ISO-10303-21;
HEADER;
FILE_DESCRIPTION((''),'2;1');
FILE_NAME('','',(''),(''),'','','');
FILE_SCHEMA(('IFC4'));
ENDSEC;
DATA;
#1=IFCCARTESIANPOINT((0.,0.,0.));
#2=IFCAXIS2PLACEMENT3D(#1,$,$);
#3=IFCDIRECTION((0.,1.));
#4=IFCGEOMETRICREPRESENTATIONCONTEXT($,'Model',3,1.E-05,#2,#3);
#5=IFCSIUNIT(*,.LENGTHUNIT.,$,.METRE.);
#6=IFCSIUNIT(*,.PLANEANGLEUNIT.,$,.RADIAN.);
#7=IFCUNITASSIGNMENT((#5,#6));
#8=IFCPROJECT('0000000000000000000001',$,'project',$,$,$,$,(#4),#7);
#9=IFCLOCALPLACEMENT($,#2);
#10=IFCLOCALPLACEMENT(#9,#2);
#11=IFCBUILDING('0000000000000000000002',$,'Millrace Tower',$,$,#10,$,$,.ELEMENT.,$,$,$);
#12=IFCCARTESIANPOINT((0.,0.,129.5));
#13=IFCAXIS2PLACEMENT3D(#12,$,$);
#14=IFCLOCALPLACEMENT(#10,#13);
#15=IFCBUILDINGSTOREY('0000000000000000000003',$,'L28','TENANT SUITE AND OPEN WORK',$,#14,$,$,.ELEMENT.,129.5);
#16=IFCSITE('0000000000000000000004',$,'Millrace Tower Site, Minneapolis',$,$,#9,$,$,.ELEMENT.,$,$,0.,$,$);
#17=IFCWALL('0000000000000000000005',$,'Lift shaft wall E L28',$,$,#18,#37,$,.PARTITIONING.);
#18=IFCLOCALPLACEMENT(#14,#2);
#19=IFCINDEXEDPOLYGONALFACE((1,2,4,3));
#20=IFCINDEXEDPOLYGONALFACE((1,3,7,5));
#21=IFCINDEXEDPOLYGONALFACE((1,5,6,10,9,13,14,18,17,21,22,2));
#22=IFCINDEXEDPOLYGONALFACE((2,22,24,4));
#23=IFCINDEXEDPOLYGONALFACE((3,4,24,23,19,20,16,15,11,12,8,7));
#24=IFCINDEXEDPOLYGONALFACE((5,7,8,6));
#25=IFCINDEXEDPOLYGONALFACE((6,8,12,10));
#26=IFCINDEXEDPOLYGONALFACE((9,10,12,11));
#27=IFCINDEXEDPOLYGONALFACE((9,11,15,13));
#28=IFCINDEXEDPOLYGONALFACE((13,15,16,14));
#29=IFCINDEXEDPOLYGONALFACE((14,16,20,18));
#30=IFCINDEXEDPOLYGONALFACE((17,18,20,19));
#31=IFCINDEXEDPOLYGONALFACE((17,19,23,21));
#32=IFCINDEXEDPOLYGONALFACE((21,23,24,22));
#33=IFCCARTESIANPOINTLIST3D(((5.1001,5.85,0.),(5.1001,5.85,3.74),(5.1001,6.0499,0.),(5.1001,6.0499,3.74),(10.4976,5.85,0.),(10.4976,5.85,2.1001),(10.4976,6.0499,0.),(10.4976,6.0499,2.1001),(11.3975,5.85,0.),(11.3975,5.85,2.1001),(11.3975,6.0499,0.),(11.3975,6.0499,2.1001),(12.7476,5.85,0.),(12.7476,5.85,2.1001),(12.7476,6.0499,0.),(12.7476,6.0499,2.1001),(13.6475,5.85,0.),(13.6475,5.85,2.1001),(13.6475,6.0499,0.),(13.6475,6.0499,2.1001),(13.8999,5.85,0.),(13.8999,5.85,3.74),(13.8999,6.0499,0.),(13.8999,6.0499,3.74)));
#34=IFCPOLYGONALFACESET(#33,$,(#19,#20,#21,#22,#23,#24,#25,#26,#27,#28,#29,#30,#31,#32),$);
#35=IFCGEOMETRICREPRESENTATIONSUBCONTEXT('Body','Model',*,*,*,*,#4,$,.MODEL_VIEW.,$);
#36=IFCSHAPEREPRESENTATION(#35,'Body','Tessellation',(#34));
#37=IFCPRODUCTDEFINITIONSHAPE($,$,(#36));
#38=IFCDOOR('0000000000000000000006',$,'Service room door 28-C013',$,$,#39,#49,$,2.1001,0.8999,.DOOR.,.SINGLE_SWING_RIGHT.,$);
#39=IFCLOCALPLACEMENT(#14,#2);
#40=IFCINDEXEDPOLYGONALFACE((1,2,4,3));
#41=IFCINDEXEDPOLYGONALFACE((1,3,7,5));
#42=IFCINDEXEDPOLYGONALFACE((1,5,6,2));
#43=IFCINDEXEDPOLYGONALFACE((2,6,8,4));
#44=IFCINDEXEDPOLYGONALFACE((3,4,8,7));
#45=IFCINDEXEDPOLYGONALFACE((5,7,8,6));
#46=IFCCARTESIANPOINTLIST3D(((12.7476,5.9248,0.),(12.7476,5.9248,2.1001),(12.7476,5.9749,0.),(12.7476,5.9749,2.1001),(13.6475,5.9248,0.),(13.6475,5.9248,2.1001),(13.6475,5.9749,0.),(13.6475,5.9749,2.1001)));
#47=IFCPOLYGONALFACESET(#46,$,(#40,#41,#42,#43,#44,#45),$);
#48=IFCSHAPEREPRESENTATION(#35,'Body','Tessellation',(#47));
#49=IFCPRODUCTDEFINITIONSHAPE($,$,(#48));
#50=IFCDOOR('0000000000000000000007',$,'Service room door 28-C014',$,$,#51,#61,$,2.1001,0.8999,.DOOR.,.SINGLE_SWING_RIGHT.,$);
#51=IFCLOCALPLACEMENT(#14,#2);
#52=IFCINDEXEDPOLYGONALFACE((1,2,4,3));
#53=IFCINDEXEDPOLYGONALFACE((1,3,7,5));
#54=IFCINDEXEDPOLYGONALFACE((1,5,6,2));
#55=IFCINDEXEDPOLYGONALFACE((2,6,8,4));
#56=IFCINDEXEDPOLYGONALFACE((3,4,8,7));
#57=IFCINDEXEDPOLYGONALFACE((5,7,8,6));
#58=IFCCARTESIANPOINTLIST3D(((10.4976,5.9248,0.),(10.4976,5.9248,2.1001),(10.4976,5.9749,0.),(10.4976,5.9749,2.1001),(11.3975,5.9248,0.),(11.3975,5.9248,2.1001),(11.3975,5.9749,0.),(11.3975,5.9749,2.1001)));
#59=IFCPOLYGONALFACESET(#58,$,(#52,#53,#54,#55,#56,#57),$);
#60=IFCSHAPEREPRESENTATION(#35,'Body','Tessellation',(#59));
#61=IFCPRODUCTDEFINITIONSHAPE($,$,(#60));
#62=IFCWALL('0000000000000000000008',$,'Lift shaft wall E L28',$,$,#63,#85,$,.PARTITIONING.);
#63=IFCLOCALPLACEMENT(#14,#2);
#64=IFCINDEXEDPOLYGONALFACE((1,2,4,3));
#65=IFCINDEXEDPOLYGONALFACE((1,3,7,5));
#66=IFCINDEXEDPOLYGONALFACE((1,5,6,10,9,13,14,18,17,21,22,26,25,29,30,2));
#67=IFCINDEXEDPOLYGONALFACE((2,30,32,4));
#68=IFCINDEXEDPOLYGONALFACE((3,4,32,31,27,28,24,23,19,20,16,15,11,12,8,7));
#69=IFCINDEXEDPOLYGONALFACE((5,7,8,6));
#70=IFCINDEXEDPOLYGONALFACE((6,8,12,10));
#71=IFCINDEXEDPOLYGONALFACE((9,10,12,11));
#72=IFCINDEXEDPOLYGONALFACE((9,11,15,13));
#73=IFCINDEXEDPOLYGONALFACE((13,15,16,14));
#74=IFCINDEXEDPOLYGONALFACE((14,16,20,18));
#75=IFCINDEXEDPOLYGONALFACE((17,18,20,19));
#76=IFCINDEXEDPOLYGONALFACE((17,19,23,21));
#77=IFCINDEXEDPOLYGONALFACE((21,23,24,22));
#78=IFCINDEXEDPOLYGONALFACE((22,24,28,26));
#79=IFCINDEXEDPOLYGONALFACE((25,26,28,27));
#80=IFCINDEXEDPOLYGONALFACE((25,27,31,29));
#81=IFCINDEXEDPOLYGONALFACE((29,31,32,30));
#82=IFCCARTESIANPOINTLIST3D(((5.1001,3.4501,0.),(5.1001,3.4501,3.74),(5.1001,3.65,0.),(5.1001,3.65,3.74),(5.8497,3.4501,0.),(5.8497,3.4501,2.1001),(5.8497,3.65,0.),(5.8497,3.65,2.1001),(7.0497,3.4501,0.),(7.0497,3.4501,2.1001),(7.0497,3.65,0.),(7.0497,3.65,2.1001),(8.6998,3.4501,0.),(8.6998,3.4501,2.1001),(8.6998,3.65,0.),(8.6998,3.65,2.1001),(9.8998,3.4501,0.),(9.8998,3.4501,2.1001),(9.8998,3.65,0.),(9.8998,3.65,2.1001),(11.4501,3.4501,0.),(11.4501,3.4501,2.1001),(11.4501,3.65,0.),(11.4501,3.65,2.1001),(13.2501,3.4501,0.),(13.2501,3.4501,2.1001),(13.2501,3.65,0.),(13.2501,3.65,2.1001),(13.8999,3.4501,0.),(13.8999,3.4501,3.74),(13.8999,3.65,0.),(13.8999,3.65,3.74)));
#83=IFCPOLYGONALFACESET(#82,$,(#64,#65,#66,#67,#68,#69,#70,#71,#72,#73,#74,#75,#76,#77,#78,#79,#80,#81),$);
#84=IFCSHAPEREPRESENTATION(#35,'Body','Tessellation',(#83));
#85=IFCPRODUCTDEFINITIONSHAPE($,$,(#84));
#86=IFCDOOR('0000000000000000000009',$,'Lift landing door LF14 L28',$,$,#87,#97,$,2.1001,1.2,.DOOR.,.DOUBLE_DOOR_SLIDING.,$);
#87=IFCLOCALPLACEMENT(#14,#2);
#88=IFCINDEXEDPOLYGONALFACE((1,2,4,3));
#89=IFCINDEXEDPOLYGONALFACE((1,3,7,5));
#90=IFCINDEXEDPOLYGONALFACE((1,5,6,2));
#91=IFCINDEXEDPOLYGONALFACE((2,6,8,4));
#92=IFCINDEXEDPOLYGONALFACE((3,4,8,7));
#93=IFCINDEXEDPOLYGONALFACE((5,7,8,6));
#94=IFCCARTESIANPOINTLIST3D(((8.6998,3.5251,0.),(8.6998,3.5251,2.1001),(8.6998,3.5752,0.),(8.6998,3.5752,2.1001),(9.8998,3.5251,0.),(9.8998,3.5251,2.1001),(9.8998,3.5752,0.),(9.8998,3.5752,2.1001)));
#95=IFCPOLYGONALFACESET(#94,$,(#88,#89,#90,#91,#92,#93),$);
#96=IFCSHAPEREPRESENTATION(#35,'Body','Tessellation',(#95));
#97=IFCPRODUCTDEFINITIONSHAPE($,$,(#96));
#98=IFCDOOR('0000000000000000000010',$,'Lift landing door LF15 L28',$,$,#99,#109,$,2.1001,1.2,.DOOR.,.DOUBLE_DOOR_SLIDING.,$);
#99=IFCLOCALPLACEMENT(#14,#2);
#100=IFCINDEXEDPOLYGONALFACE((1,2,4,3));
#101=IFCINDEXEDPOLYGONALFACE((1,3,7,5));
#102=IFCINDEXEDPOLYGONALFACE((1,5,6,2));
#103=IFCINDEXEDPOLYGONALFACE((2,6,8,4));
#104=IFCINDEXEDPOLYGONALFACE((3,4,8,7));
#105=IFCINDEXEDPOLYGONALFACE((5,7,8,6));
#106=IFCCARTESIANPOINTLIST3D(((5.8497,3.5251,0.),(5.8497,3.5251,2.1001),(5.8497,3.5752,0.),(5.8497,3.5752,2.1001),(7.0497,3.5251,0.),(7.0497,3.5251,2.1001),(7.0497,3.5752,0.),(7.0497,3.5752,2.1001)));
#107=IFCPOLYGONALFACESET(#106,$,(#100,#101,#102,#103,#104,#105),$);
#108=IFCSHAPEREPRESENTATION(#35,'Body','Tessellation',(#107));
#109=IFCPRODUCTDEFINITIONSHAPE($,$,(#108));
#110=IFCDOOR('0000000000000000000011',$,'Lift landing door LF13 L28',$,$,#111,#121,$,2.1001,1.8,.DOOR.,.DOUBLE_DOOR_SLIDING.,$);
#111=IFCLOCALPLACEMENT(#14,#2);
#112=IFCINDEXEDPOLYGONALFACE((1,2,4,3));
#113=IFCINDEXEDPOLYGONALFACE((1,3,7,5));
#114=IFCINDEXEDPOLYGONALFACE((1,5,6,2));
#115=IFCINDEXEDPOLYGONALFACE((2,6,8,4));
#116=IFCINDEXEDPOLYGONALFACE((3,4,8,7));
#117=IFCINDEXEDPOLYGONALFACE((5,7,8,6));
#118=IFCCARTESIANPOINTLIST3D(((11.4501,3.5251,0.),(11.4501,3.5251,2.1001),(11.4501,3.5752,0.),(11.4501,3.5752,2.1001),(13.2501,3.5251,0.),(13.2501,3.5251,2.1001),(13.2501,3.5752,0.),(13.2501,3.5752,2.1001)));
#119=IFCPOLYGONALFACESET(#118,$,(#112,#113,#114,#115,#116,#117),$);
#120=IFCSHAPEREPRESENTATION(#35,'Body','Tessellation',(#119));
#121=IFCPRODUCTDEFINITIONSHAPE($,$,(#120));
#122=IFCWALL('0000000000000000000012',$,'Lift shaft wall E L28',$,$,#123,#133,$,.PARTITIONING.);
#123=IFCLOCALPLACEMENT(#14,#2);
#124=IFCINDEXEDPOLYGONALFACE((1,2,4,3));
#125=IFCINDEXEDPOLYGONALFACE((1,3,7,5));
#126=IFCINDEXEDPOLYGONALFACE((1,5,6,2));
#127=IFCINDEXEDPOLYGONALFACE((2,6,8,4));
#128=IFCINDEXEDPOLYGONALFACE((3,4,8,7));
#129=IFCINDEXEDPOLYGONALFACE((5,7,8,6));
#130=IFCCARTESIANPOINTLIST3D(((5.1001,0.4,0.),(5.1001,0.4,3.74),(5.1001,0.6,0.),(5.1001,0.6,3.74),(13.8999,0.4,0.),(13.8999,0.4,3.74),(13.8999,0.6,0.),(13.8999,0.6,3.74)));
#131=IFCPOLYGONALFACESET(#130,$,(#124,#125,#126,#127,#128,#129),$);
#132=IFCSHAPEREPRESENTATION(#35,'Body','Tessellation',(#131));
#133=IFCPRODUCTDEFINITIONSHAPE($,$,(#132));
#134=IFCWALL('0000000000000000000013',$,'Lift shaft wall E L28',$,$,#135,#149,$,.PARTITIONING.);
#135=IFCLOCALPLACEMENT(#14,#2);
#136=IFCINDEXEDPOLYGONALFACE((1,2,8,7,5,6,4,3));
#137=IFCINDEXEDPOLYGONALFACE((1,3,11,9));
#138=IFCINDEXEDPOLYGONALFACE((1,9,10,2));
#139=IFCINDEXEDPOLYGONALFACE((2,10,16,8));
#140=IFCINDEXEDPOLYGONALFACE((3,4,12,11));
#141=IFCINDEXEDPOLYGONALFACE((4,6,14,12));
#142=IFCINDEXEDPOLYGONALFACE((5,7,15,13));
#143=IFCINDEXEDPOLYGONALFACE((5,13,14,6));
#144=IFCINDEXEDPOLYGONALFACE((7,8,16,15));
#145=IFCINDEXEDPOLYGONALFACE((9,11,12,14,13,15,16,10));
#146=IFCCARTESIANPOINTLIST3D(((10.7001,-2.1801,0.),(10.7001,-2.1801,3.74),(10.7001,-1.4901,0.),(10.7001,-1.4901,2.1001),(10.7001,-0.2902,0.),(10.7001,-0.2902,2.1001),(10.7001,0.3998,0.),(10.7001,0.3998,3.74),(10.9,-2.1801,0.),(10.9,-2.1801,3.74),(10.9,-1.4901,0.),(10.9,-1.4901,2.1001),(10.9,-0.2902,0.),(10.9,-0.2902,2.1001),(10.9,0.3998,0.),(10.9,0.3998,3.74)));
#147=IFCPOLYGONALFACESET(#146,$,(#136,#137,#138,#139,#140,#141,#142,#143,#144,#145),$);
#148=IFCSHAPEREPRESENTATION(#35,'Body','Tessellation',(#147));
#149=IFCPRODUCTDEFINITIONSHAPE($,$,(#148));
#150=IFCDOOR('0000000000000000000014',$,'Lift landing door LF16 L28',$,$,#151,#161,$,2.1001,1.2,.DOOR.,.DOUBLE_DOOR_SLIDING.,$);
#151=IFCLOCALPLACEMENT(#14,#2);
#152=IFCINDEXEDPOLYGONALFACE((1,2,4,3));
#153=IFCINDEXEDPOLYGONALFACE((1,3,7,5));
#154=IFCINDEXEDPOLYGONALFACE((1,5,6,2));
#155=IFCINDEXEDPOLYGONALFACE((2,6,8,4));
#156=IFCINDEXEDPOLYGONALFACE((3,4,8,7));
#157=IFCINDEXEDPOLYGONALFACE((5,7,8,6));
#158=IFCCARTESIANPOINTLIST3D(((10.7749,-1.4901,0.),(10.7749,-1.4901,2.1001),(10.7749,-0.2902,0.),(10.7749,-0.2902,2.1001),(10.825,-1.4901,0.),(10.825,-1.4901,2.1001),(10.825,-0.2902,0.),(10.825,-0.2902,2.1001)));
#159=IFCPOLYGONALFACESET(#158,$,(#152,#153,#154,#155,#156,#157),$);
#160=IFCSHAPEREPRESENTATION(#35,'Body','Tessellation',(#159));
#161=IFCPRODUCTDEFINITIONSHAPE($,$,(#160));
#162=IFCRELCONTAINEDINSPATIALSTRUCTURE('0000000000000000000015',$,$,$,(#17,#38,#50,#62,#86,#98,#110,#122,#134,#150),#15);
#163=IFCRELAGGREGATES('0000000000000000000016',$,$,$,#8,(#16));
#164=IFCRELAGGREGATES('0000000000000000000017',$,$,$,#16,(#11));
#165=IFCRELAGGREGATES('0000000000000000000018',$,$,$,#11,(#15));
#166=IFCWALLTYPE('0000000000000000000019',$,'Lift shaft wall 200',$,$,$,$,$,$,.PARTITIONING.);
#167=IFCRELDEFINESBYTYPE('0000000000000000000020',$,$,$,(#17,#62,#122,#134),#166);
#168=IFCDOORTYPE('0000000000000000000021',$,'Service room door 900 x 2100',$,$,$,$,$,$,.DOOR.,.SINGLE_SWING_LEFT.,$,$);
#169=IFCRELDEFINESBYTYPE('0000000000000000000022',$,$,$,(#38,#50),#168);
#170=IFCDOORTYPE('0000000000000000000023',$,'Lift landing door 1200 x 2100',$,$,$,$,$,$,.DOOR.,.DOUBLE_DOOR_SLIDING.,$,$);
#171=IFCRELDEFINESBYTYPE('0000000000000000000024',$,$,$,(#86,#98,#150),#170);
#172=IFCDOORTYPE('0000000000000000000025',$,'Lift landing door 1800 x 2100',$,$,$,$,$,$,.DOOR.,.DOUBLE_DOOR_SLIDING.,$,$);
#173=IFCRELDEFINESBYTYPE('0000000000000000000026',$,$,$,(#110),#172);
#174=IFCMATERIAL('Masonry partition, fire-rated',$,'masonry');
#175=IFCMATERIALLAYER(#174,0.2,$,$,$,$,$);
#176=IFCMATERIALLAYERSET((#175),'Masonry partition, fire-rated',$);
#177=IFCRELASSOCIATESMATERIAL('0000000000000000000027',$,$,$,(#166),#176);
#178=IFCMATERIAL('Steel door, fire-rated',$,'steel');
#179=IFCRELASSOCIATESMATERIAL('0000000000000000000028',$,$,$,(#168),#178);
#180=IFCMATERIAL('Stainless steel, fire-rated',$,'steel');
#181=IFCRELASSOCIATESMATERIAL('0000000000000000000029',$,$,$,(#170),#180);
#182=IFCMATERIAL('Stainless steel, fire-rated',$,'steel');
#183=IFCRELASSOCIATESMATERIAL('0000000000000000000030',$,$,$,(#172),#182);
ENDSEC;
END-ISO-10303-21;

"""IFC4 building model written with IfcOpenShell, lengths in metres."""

from ifc_helpers import new_model, si_unit, direction, frame, frame_2d, origin, place, context, subcontext, project, spatial, rectangle, extrude, material, layer, layer_set, type_object, element, fill, save


model = new_model("IFC4")

# Units and contexts
model_context = context("Model", 3, precision=1e-05, world=origin(), true_north=direction((0.0, 1.0)))
body_context = subcontext(model_context, "Body", "Model", "MODEL_VIEW")
ifc_project = project(units=[si_unit("LENGTHUNIT", "METRE"), si_unit("PLANEANGLEUNIT", "RADIAN")], contexts=[model_context])

# Site, building, storey
site_placement = place(None, origin())
site = spatial("IfcSite", under=ifc_project, at=site_placement, Name="Millrace Tower Site, Minneapolis", CompositionType="ELEMENT", RefElevation=0.0)
building_placement = place(site_placement, origin())
building = spatial("IfcBuilding", under=site, at=building_placement, Name="Millrace Tower", CompositionType="ELEMENT")
storey_placement = place(building_placement, frame((0.0, 0.0, 129.5)))
storey = spatial("IfcBuildingStorey", under=building, at=storey_placement, Name="L28", Description="TENANT SUITE AND OPEN WORK", CompositionType="ELEMENT", Elevation=129.5)

# Walls, openings, doors
ifc_material_1 = material(Name="Masonry partition, fire-rated", Category="masonry")
ifc_layer_1 = layer(ifc_material_1, 0.2)
ifc_layer_set_1 = layer_set([ifc_layer_1], Name="Masonry partition, fire-rated")
wall_type_1 = type_object("IfcWallType", Name="Lift shaft wall 200", PredefinedType="PARTITIONING", material=ifc_layer_set_1)
wall_1_placement = place(storey_placement, frame((13.8999, 5.95, 0.0), z_axis=(0.0, 0.0, 1.0), x_axis=(-1.0, 0.0, 0.0)))
wall_1 = element("IfcWall", 1, at=wall_1_placement, inside=storey, type_object=wall_type_1, Name="Lift shaft wall E L28", PredefinedType="PARTITIONING", context=body_context, shape_type="SweptSolid", body=[
    extrude(rectangle(XDim=8.7998, YDim=0.2, at=frame_2d((4.3999, 0.0))), origin(), (0.0, 0.0, 1.0), 3.74),
])
opening_1_placement = place(wall_1_placement, frame((0.2524, 0.0, 0.0)))
opening_1 = element("IfcOpeningElement", 2, at=opening_1_placement, cuts=wall_1, PredefinedType="OPENING", context=body_context, shape_type="SweptSolid", body=[
    extrude(rectangle(XDim=0.8999, YDim=2.1001, at=frame_2d((0.45, 1.05))), frame((0.0, 0.1099, 0.0), z_axis=(0.0, -1.0, 0.0), x_axis=(1.0, 0.0, 0.0)), (0.0, 0.0, 1.0), 0.22),
])
opening_2_placement = place(wall_1_placement, frame((2.5024, 0.0, 0.0)))
opening_2 = element("IfcOpeningElement", 3, at=opening_2_placement, cuts=wall_1, PredefinedType="OPENING", context=body_context, shape_type="SweptSolid", body=[
    extrude(rectangle(XDim=0.8999, YDim=2.1001, at=frame_2d((0.45, 1.05))), frame((0.0, 0.1099, 0.0), z_axis=(0.0, -1.0, 0.0), x_axis=(1.0, 0.0, 0.0)), (0.0, 0.0, 1.0), 0.22),
])
ifc_material_2 = material(Name="Steel door, fire-rated", Category="steel")
door_type_1 = type_object("IfcDoorType", Name="Service room door 900 x 2100", OperationType="SINGLE_SWING_LEFT", PredefinedType="DOOR", material=ifc_material_2)
door_1_placement = place(opening_1_placement, frame((0.8999, 0.0, 0.0), z_axis=(0.0, 0.0, 1.0), x_axis=(-1.0, 0.0, 0.0)))
door_1 = element("IfcDoor", 4, at=door_1_placement, inside=storey, type_object=door_type_1, Name="Service room door 28-C013", OperationType="SINGLE_SWING_RIGHT", OverallHeight=2.1001, OverallWidth=0.8999, PredefinedType="DOOR", context=body_context, shape_type="SweptSolid", body=[
    extrude(rectangle(XDim=0.8999, YDim=2.1001, at=frame_2d((0.45, 1.05))), frame((0.0, 0.0249, 0.0), z_axis=(0.0, -1.0, 0.0), x_axis=(1.0, 0.0, 0.0)), (0.0, 0.0, 1.0), 0.05),
])
fill(opening_1, door_1)
door_2_placement = place(opening_2_placement, frame((0.8999, 0.0, 0.0), z_axis=(0.0, 0.0, 1.0), x_axis=(-1.0, 0.0, 0.0)))
door_2 = element("IfcDoor", 5, at=door_2_placement, inside=storey, type_object=door_type_1, Name="Service room door 28-C014", OperationType="SINGLE_SWING_RIGHT", OverallHeight=2.1001, OverallWidth=0.8999, PredefinedType="DOOR", context=body_context, shape_type="SweptSolid", body=[
    extrude(rectangle(XDim=0.8999, YDim=2.1001, at=frame_2d((0.45, 1.05))), frame((0.0, 0.0249, 0.0), z_axis=(0.0, -1.0, 0.0), x_axis=(1.0, 0.0, 0.0)), (0.0, 0.0, 1.0), 0.05),
])
fill(opening_2, door_2)
wall_2_placement = place(storey_placement, frame((13.8999, 3.55, 0.0), z_axis=(0.0, 0.0, 1.0), x_axis=(-1.0, 0.0, 0.0)))
wall_2 = element("IfcWall", 6, at=wall_2_placement, inside=storey, type_object=wall_type_1, Name="Lift shaft wall E L28", PredefinedType="PARTITIONING", context=body_context, shape_type="SweptSolid", body=[
    extrude(rectangle(XDim=8.7998, YDim=0.2, at=frame_2d((4.3999, 0.0))), origin(), (0.0, 0.0, 1.0), 3.74),
])
opening_3_placement = place(wall_2_placement, frame((0.6499, 0.0, 0.0)))
opening_3 = element("IfcOpeningElement", 7, at=opening_3_placement, cuts=wall_2, PredefinedType="OPENING", context=body_context, shape_type="SweptSolid", body=[
    extrude(rectangle(XDim=1.8, YDim=2.1001, at=frame_2d((0.8999, 1.05))), frame((0.0, 0.1099, 0.0), z_axis=(0.0, -1.0, 0.0), x_axis=(1.0, 0.0, 0.0)), (0.0, 0.0, 1.0), 0.22),
])
opening_4_placement = place(wall_2_placement, frame((4.0, 0.0, 0.0)))
opening_4 = element("IfcOpeningElement", 8, at=opening_4_placement, cuts=wall_2, PredefinedType="OPENING", context=body_context, shape_type="SweptSolid", body=[
    extrude(rectangle(XDim=1.2, YDim=2.1001, at=frame_2d((0.6001, 1.05))), frame((0.0, 0.1099, 0.0), z_axis=(0.0, -1.0, 0.0), x_axis=(1.0, 0.0, 0.0)), (0.0, 0.0, 1.0), 0.22),
])
opening_5_placement = place(wall_2_placement, frame((6.8501, 0.0, 0.0)))
opening_5 = element("IfcOpeningElement", 9, at=opening_5_placement, cuts=wall_2, PredefinedType="OPENING", context=body_context, shape_type="SweptSolid", body=[
    extrude(rectangle(XDim=1.2, YDim=2.1001, at=frame_2d((0.6001, 1.05))), frame((0.0, 0.1099, 0.0), z_axis=(0.0, -1.0, 0.0), x_axis=(1.0, 0.0, 0.0)), (0.0, 0.0, 1.0), 0.22),
])
ifc_material_3 = material(Name="Stainless steel, fire-rated", Category="steel")
door_type_2 = type_object("IfcDoorType", Name="Lift landing door 1200 x 2100", OperationType="DOUBLE_DOOR_SLIDING", PredefinedType="DOOR", material=ifc_material_3)
door_3_placement = place(opening_4_placement, origin())
door_3 = element("IfcDoor", 10, at=door_3_placement, inside=storey, type_object=door_type_2, Name="Lift landing door LF14 L28", OperationType="DOUBLE_DOOR_SLIDING", OverallHeight=2.1001, OverallWidth=1.2, PredefinedType="DOOR", context=body_context, shape_type="SweptSolid", body=[
    extrude(rectangle(XDim=1.2, YDim=2.1001, at=frame_2d((0.6001, 1.05))), frame((0.0, 0.0249, 0.0), z_axis=(0.0, -1.0, 0.0), x_axis=(1.0, 0.0, 0.0)), (0.0, 0.0, 1.0), 0.05),
])
fill(opening_4, door_3)
door_4_placement = place(opening_5_placement, origin())
door_4 = element("IfcDoor", 11, at=door_4_placement, inside=storey, type_object=door_type_2, Name="Lift landing door LF15 L28", OperationType="DOUBLE_DOOR_SLIDING", OverallHeight=2.1001, OverallWidth=1.2, PredefinedType="DOOR", context=body_context, shape_type="SweptSolid", body=[
    extrude(rectangle(XDim=1.2, YDim=2.1001, at=frame_2d((0.6001, 1.05))), frame((0.0, 0.0249, 0.0), z_axis=(0.0, -1.0, 0.0), x_axis=(1.0, 0.0, 0.0)), (0.0, 0.0, 1.0), 0.05),
])
fill(opening_5, door_4)
ifc_material_4 = material(Name="Stainless steel, fire-rated", Category="steel")
door_type_3 = type_object("IfcDoorType", Name="Lift landing door 1800 x 2100", OperationType="DOUBLE_DOOR_SLIDING", PredefinedType="DOOR", material=ifc_material_4)
door_5_placement = place(opening_3_placement, origin())
door_5 = element("IfcDoor", 12, at=door_5_placement, inside=storey, type_object=door_type_3, Name="Lift landing door LF13 L28", OperationType="DOUBLE_DOOR_SLIDING", OverallHeight=2.1001, OverallWidth=1.8, PredefinedType="DOOR", context=body_context, shape_type="SweptSolid", body=[
    extrude(rectangle(XDim=1.8, YDim=2.1001, at=frame_2d((0.8999, 1.05))), frame((0.0, 0.0249, 0.0), z_axis=(0.0, -1.0, 0.0), x_axis=(1.0, 0.0, 0.0)), (0.0, 0.0, 1.0), 0.05),
])
fill(opening_3, door_5)

# Wall
wall_3_placement = place(storey_placement, frame((13.8999, 0.5, 0.0), z_axis=(0.0, 0.0, 1.0), x_axis=(-1.0, 0.0, 0.0)))
element("IfcWall", 13, at=wall_3_placement, inside=storey, type_object=wall_type_1, Name="Lift shaft wall E L28", PredefinedType="PARTITIONING", context=body_context, shape_type="SweptSolid", body=[
    extrude(rectangle(XDim=8.7998, YDim=0.2, at=frame_2d((4.3999, 0.0))), origin(), (0.0, 0.0, 1.0), 3.74),
])

# Wall, opening, door
wall_4_placement = place(storey_placement, frame((10.8, 0.3999, 0.0), z_axis=(0.0, 0.0, 1.0), x_axis=(0.0, -1.0, 0.0)))
wall_4 = element("IfcWall", 14, at=wall_4_placement, inside=storey, type_object=wall_type_1, Name="Lift shaft wall E L28", PredefinedType="PARTITIONING", context=body_context, shape_type="SweptSolid", body=[
    extrude(rectangle(XDim=2.5798, YDim=0.2, at=frame_2d((1.29, 0.0))), origin(), (0.0, 0.0, 1.0), 3.74),
])
opening_6_placement = place(wall_4_placement, frame((0.6899, 0.0, 0.0)))
opening_6 = element("IfcOpeningElement", 15, at=opening_6_placement, cuts=wall_4, PredefinedType="OPENING", context=body_context, shape_type="SweptSolid", body=[
    extrude(rectangle(XDim=1.2, YDim=2.1001, at=frame_2d((0.6001, 1.05))), frame((0.0, 0.1099, 0.0), z_axis=(0.0, -1.0, 0.0), x_axis=(1.0, 0.0, 0.0)), (0.0, 0.0, 1.0), 0.22),
])
door_6_placement = place(opening_6_placement, origin())
door_6 = element("IfcDoor", 16, at=door_6_placement, inside=storey, type_object=door_type_2, Name="Lift landing door LF16 L28", OperationType="DOUBLE_DOOR_SLIDING", OverallHeight=2.1001, OverallWidth=1.2, PredefinedType="DOOR", context=body_context, shape_type="SweptSolid", body=[
    extrude(rectangle(XDim=1.2, YDim=2.1001, at=frame_2d((0.6001, 1.05))), frame((0.0, 0.0249, 0.0), z_axis=(0.0, -1.0, 0.0), x_axis=(1.0, 0.0, 0.0)), (0.0, 0.0, 1.0), 0.05),
])
fill(opening_6, door_6)

save(model, "model.ifc")
